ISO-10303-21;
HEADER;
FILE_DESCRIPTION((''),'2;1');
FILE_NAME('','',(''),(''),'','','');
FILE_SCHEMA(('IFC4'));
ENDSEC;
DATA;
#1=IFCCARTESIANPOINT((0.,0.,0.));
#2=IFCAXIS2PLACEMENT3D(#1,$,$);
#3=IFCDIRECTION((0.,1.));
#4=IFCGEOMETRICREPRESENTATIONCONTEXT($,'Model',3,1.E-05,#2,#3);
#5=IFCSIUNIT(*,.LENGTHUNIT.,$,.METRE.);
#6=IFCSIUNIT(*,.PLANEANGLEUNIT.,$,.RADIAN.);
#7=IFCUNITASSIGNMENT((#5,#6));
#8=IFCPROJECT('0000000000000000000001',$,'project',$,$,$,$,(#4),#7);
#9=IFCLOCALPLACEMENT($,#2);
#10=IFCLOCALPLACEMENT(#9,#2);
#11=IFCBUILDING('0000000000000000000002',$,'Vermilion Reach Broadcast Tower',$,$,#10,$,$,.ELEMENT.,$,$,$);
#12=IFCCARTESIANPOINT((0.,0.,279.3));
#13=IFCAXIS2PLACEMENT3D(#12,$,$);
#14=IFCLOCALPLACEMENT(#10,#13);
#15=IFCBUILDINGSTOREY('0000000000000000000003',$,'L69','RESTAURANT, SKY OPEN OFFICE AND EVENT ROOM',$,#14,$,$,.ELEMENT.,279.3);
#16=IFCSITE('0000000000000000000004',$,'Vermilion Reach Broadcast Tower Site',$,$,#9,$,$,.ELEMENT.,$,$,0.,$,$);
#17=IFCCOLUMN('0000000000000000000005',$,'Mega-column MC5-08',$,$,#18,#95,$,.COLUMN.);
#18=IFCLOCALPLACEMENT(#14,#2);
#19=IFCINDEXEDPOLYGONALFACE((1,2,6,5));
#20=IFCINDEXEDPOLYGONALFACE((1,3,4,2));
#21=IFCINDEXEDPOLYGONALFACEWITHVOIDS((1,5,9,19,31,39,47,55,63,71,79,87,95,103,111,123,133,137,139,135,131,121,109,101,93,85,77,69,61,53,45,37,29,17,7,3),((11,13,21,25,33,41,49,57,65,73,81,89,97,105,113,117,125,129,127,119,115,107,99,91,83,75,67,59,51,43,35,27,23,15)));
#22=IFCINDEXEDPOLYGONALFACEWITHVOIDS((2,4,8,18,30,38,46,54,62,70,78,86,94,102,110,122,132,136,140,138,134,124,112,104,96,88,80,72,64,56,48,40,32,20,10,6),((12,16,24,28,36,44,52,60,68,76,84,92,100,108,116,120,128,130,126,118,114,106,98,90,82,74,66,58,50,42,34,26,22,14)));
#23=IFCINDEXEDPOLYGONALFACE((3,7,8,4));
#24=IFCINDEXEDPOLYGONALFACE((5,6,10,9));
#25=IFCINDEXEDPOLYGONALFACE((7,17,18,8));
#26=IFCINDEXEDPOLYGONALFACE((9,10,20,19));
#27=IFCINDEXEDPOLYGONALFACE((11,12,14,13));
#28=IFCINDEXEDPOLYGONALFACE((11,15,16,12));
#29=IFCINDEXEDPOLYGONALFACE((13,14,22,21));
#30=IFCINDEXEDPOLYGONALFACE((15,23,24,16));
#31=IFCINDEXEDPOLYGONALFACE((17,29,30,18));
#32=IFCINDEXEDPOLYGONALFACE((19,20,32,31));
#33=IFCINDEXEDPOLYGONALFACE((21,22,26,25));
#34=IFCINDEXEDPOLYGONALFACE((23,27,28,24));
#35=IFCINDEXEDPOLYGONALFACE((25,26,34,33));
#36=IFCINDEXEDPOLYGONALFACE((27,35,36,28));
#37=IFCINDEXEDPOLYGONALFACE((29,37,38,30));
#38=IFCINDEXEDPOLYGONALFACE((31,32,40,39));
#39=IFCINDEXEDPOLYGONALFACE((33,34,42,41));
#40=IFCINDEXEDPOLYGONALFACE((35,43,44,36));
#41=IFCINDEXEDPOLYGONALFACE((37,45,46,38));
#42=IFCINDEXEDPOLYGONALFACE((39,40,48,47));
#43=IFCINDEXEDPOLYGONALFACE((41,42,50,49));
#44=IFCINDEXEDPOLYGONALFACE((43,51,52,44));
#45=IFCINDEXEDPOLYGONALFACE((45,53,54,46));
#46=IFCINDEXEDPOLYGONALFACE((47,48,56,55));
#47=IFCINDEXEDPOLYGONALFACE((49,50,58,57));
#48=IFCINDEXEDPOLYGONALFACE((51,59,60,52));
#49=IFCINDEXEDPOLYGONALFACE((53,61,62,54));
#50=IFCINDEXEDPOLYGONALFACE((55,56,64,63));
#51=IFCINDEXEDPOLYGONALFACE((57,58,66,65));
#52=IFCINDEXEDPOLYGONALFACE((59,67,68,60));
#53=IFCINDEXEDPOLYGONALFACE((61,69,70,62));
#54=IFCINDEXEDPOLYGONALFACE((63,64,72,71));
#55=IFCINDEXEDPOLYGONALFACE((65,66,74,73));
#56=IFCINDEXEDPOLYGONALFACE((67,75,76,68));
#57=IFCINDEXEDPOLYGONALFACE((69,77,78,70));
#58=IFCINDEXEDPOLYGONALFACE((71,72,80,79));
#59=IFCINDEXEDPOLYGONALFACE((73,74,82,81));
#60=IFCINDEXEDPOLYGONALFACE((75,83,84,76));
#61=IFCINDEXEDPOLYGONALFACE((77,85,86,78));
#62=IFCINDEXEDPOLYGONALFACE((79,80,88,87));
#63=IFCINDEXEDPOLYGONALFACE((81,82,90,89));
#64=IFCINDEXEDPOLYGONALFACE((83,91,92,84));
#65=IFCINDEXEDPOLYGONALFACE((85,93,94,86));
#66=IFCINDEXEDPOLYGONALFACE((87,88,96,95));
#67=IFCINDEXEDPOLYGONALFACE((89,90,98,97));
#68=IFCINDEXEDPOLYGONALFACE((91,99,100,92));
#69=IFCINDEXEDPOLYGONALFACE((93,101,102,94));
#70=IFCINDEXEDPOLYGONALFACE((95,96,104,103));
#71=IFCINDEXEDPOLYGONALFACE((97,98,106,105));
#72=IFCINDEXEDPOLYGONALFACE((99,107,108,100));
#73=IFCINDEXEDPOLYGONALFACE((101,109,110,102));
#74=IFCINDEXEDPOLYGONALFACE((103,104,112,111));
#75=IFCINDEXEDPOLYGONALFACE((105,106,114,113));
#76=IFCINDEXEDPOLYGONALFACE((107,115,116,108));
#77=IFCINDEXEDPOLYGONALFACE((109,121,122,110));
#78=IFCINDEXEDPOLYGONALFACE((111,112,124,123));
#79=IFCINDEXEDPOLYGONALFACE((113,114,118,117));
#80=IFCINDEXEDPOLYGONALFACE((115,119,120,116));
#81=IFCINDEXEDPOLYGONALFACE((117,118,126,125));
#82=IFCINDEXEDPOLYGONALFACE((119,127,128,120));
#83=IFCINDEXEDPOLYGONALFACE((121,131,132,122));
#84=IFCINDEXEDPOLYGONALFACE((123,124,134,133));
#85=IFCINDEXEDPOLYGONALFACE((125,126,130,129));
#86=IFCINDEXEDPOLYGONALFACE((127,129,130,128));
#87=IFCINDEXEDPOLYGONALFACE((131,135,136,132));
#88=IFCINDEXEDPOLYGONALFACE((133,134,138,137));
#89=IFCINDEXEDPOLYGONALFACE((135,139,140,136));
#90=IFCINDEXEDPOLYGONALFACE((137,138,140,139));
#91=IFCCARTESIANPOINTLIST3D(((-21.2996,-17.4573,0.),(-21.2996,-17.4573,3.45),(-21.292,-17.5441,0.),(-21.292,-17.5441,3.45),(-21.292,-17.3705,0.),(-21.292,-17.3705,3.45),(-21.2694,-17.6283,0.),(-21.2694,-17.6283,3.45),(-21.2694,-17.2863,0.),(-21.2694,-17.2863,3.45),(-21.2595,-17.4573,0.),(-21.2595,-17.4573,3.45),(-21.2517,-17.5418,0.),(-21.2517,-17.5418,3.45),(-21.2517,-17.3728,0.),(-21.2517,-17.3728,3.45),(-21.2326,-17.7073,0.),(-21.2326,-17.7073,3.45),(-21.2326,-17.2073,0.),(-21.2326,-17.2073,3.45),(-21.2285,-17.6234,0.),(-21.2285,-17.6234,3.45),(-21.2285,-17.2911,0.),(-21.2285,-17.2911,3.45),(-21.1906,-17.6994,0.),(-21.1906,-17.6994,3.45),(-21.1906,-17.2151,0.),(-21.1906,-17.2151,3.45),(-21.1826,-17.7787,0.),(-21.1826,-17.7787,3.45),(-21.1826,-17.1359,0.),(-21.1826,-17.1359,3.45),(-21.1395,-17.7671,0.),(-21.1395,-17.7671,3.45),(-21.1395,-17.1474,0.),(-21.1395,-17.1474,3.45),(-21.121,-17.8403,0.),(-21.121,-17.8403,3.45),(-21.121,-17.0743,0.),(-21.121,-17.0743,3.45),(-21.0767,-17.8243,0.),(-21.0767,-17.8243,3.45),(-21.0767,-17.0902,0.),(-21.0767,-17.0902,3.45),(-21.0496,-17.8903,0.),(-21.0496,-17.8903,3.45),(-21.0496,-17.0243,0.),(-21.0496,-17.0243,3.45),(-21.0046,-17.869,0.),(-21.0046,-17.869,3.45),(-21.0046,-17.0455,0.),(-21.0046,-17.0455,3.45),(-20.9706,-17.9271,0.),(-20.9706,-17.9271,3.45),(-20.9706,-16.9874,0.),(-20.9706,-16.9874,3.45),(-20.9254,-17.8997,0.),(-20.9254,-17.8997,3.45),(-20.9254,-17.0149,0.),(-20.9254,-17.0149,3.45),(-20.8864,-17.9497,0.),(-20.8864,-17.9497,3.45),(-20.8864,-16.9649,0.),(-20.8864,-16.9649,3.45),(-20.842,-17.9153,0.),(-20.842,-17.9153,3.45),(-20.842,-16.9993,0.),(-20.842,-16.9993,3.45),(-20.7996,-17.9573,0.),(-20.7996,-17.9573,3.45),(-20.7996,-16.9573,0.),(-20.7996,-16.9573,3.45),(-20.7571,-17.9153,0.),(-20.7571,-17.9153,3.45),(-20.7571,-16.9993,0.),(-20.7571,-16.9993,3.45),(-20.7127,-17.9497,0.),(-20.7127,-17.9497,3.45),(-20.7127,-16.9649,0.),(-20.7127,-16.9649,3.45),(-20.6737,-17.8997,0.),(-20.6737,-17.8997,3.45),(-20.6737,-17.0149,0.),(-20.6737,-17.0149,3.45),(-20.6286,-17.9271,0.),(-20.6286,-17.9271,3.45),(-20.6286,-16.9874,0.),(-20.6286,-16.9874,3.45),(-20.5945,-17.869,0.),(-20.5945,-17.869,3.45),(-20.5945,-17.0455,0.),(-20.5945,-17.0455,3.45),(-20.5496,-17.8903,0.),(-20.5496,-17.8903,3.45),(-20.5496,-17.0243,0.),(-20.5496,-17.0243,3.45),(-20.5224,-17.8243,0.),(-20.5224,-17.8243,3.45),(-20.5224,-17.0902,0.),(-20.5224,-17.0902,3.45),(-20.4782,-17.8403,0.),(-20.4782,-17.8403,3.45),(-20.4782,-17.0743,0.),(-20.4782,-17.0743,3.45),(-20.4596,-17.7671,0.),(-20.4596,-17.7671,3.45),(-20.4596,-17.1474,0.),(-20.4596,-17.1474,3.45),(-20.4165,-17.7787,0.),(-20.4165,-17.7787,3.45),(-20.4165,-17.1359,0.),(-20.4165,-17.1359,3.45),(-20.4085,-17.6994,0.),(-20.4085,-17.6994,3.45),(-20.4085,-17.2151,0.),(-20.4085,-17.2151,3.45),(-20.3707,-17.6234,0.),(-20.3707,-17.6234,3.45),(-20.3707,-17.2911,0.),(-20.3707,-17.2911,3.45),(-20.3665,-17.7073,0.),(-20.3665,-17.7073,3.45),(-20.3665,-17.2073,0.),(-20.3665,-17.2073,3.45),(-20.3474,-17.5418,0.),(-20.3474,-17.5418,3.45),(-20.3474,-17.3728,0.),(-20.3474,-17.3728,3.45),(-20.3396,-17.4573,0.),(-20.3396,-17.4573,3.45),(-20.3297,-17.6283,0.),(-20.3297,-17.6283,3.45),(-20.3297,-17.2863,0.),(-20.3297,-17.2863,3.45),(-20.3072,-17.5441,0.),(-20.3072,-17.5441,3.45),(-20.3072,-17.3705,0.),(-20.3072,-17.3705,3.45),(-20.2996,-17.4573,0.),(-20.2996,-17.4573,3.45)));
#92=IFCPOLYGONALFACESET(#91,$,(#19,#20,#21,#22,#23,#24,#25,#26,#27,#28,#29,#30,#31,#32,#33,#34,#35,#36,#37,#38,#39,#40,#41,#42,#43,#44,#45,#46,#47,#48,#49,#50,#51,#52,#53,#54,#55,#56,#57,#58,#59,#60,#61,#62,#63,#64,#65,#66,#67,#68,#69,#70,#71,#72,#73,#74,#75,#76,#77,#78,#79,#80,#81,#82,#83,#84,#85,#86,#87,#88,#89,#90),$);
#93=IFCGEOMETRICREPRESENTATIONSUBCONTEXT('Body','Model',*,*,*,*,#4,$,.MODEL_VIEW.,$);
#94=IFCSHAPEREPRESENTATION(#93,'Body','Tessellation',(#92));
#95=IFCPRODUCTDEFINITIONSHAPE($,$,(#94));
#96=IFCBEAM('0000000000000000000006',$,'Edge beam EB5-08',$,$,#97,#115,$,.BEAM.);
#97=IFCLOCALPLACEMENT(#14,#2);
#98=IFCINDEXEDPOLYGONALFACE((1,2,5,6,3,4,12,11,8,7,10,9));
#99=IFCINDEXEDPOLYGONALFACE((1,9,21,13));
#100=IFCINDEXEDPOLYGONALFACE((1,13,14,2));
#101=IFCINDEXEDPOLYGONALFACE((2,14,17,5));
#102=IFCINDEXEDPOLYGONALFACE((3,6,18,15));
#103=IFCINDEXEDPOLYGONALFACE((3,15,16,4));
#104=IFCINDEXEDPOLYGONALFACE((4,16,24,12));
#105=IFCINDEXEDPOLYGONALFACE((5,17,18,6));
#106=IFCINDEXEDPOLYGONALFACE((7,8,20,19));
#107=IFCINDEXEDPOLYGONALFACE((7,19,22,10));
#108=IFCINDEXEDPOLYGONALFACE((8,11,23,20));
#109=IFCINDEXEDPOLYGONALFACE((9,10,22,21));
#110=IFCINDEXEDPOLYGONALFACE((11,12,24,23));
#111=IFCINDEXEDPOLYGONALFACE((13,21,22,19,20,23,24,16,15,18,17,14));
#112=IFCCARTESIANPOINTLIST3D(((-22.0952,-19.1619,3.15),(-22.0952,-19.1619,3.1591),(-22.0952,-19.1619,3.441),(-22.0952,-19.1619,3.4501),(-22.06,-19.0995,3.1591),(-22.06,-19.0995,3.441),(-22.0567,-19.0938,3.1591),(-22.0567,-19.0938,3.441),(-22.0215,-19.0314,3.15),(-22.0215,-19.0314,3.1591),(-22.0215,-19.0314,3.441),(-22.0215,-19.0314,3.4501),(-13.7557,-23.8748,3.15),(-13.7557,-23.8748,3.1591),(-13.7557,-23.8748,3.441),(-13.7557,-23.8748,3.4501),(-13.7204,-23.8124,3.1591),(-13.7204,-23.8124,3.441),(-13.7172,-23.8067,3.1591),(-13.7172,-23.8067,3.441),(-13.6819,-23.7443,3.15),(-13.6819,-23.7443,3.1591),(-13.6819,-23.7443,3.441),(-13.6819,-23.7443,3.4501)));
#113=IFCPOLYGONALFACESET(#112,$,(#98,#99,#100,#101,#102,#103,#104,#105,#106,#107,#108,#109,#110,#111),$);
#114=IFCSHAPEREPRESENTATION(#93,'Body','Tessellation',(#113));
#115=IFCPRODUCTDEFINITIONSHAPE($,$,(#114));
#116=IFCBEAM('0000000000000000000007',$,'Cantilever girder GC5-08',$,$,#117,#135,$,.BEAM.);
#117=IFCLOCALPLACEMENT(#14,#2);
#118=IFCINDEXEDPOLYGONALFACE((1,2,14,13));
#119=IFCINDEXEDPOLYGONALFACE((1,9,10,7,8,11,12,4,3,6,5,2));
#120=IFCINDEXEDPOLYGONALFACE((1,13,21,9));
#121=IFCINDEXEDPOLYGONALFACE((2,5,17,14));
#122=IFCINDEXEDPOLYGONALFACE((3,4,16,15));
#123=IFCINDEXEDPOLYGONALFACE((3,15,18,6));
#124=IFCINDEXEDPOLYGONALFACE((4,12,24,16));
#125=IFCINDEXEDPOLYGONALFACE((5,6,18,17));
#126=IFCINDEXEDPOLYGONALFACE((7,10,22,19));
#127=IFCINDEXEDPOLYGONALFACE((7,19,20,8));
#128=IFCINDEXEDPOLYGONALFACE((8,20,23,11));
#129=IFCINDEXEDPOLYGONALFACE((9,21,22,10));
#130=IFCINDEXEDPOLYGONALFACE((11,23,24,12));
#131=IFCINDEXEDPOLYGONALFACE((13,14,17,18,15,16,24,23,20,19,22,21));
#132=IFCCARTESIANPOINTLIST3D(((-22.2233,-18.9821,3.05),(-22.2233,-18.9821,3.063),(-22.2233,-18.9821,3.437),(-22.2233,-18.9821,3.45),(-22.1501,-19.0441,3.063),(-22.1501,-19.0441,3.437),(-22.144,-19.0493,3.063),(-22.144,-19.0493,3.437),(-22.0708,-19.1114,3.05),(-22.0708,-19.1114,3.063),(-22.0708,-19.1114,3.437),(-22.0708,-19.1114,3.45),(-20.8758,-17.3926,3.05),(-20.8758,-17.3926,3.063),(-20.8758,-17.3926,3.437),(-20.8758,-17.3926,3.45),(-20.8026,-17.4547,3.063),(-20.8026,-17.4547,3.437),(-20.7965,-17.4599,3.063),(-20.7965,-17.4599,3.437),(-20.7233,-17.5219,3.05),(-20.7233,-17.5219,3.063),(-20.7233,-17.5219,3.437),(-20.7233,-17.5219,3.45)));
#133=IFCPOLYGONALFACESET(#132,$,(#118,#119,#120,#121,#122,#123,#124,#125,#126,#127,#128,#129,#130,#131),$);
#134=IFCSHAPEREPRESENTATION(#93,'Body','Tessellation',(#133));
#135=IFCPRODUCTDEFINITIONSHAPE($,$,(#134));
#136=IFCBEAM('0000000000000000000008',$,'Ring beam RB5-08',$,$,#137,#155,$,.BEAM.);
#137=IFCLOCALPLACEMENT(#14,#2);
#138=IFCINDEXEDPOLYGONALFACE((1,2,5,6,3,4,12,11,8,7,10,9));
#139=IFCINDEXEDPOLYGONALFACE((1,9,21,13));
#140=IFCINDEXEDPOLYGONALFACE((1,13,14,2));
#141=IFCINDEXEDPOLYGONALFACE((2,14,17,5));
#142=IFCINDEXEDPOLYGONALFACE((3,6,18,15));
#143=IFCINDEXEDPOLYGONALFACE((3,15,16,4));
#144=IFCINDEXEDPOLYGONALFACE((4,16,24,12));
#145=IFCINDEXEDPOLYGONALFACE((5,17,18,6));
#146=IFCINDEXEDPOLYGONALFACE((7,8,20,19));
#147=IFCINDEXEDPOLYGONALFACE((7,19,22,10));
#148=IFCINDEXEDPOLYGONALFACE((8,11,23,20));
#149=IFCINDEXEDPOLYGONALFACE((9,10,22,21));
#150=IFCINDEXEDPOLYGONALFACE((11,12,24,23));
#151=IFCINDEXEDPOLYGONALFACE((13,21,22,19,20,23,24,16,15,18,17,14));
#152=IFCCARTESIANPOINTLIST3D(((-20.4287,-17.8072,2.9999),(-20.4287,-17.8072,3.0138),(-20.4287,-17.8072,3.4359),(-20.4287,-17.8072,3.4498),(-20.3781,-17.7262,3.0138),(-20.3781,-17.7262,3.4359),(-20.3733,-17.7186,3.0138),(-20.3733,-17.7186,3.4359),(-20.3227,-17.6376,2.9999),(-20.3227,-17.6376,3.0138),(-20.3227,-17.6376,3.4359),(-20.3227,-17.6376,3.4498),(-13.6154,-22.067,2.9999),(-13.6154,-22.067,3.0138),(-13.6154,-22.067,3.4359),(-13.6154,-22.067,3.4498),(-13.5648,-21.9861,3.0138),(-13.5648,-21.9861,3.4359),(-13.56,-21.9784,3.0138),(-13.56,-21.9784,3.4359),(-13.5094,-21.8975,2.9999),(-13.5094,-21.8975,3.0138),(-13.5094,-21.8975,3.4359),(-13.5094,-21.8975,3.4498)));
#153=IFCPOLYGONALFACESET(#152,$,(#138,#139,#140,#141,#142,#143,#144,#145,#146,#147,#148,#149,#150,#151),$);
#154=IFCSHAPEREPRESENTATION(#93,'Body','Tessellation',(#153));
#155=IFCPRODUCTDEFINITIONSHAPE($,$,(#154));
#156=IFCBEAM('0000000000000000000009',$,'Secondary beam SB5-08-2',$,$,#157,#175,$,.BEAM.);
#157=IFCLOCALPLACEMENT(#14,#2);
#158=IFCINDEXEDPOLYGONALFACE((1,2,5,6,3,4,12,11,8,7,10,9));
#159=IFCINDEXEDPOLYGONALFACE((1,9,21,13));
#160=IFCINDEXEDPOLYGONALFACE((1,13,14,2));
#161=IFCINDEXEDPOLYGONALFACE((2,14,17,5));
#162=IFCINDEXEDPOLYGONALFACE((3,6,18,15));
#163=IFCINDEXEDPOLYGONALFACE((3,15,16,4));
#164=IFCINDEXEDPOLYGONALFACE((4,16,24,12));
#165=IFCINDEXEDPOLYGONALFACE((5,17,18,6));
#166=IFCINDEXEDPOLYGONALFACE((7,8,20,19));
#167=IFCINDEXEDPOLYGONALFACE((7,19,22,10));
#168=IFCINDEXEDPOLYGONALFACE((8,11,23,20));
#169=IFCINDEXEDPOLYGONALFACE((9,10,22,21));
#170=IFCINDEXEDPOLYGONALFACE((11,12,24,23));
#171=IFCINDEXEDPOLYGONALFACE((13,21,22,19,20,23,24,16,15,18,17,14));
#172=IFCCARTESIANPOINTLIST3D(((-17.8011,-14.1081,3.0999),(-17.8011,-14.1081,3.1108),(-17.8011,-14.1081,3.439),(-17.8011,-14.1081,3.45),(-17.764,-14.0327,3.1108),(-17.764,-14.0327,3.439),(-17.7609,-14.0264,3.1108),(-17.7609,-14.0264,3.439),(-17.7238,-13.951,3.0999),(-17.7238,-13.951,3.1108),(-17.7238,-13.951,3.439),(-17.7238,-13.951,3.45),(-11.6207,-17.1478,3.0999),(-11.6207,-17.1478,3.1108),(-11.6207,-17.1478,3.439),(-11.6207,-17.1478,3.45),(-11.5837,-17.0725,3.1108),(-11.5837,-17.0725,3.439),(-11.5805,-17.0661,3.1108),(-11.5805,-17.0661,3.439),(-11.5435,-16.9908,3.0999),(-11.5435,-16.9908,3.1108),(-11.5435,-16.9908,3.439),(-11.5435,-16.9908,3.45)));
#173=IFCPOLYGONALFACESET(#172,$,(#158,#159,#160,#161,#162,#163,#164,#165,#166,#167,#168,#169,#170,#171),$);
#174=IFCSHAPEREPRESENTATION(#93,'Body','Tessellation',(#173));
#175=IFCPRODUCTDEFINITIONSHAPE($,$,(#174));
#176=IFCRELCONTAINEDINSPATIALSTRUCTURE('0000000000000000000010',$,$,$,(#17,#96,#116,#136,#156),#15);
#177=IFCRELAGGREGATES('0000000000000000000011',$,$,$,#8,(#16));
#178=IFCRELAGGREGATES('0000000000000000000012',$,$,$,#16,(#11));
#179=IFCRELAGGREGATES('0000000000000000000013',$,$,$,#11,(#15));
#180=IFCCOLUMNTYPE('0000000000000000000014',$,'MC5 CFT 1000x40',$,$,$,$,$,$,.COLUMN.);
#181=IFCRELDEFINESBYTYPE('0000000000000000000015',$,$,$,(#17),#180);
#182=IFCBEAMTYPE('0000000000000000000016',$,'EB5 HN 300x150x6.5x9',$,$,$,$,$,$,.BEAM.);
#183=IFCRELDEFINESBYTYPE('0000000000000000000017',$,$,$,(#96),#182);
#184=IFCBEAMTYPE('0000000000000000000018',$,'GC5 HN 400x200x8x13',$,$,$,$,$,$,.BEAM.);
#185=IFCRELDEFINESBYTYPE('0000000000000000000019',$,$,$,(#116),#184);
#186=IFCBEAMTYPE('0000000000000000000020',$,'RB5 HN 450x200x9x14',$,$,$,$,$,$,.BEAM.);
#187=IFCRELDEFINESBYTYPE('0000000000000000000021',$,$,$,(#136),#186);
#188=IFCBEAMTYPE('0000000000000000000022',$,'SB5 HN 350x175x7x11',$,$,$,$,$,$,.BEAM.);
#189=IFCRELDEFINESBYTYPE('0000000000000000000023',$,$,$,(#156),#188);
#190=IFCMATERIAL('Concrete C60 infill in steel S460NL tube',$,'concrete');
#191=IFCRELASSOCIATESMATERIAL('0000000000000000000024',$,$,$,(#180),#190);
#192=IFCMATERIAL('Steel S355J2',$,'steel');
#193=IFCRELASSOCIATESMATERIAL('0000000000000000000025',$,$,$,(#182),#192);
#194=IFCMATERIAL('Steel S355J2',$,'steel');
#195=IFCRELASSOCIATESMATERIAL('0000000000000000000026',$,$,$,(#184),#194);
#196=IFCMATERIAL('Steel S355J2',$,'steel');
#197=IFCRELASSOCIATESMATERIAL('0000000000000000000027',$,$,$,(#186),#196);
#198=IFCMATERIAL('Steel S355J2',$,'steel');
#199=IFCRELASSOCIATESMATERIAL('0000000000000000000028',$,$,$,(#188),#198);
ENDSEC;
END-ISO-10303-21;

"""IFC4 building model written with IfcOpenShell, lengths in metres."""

from ifc_helpers import new_model, si_unit, direction, frame, origin, origin_2d, place, context, subcontext, project, spatial, hollow_circle, i_section, extrude, material, material_profile, profile_set, type_object, element, save


model = new_model("IFC4")

# Units and contexts
model_context = context("Model", 3, precision=1e-05, world=origin(), true_north=direction((0.0, 1.0)))
body_context = subcontext(model_context, "Body", "Model", "MODEL_VIEW")
ifc_project = project(units=[si_unit("LENGTHUNIT", "METRE"), si_unit("PLANEANGLEUNIT", "RADIAN")], contexts=[model_context])

# Site, building, storey
site_placement = place(None, origin())
site = spatial("IfcSite", under=ifc_project, at=site_placement, Name="Vermilion Reach Broadcast Tower Site", CompositionType="ELEMENT", RefElevation=0.0)
building_placement = place(site_placement, origin())
building = spatial("IfcBuilding", under=site, at=building_placement, Name="Vermilion Reach Broadcast Tower", CompositionType="ELEMENT")
storey_placement = place(building_placement, frame((0.0, 0.0, 279.3)))
storey = spatial("IfcBuildingStorey", under=building, at=storey_placement, Name="L69", Description="RESTAURANT, SKY OPEN OFFICE AND EVENT ROOM", CompositionType="ELEMENT", Elevation=279.3)

# Column
ifc_material_1 = material(Name="Concrete C60 infill in steel S460NL tube", Category="concrete")
ifc_material_profile_1 = material_profile(ifc_material_1, hollow_circle(Radius=0.5, WallThickness=0.04, at=origin_2d()), Name="Concrete C60 infill in steel S460NL tube CFT 1000x40")
ifc_profile_set_1 = profile_set([ifc_material_profile_1], Name="Concrete C60 infill in steel S460NL tube")
column_type = type_object("IfcColumnType", Name="MC5 CFT 1000x40", PredefinedType="COLUMN", material=ifc_profile_set_1)
column_placement = place(storey_placement, frame((-20.7996, -17.4573, 0.0), z_axis=(0.0, 0.0, 1.0), x_axis=(1.0, 0.0, 0.0)))
element("IfcColumn", 1, at=column_placement, inside=storey, type_object=column_type, Name="Mega-column MC5-08", PredefinedType="COLUMN", context=body_context, shape_type="SweptSolid", body=[
    extrude(hollow_circle(Radius=0.5, WallThickness=0.04, at=origin_2d()), origin(), (0.0, 0.0, 1.0), 3.45),
])

# Beams
ifc_material_2 = material(Name="Steel S355J2", Category="steel")
ifc_material_profile_2 = material_profile(ifc_material_2, i_section(OverallWidth=0.1499, OverallDepth=0.3, WebThickness=0.0066, FlangeThickness=0.009, at=origin_2d()), Name="S355J2 HN 300x150x6.5x9")
ifc_profile_set_2 = profile_set([ifc_material_profile_2], Name="Steel S355J2")
beam_type_1 = type_object("IfcBeamType", Name="EB5 HN 300x150x6.5x9", PredefinedType="BEAM", material=ifc_profile_set_2)
beam_1_placement = place(storey_placement, frame((-22.0583, -19.0967, 3.3), z_axis=(0.870598, -0.491994, 0.0), x_axis=(0.491994, 0.870598, 0.0)))
element("IfcBeam", 2, at=beam_1_placement, inside=storey, type_object=beam_type_1, Name="Edge beam EB5-08", PredefinedType="BEAM", context=body_context, shape_type="SweptSolid", body=[
    extrude(i_section(OverallWidth=0.1499, OverallDepth=0.3, WebThickness=0.0066, FlangeThickness=0.009, at=origin_2d()), origin(), (0.0, 0.0, 1.0), 9.5791),
])
ifc_material_3 = material(Name="Steel S355J2", Category="steel")
ifc_material_profile_3 = material_profile(ifc_material_3, i_section(OverallWidth=0.2, OverallDepth=0.3999, WebThickness=0.0081, FlangeThickness=0.0129, at=origin_2d()), Name="S355J2 HN 400x200x8x13")
ifc_profile_set_3 = profile_set([ifc_material_profile_3], Name="Steel S355J2")
beam_type_2 = type_object("IfcBeamType", Name="GC5 HN 400x200x8x13", PredefinedType="BEAM", material=ifc_profile_set_3)
beam_2_placement = place(storey_placement, frame((-20.7996, -17.4573, 3.25), z_axis=(-0.646662, -0.762777, 0.0), x_axis=(0.762777, -0.646662, 0.0)))
element("IfcBeam", 3, at=beam_2_placement, inside=storey, type_object=beam_type_2, Name="Cantilever girder GC5-08", PredefinedType="BEAM", context=body_context, shape_type="SweptSolid", body=[
    extrude(i_section(OverallWidth=0.2, OverallDepth=0.3999, WebThickness=0.0081, FlangeThickness=0.0129, at=origin_2d()), origin(), (0.0, 0.0, 1.0), 2.0837),
])
ifc_material_4 = material(Name="Steel S355J2", Category="steel")
ifc_material_profile_4 = material_profile(ifc_material_4, i_section(OverallWidth=0.2, OverallDepth=0.45, WebThickness=0.009, FlangeThickness=0.0139, at=origin_2d()), Name="S355J2 HN 450x200x9x14")
ifc_profile_set_4 = profile_set([ifc_material_profile_4], Name="Steel S355J2")
beam_type_3 = type_object("IfcBeamType", Name="RB5 HN 450x200x9x14", PredefinedType="BEAM", material=ifc_profile_set_4)
beam_3_placement = place(storey_placement, frame((-20.3757, -17.7224, 3.2249), z_axis=(0.847915, -0.530133, 0.0), x_axis=(0.530133, 0.847915, 0.0)))
element("IfcBeam", 4, at=beam_3_placement, inside=storey, type_object=beam_type_3, Name="Ring beam RB5-08", PredefinedType="BEAM", context=body_context, shape_type="SweptSolid", body=[
    extrude(i_section(OverallWidth=0.2, OverallDepth=0.45, WebThickness=0.009, FlangeThickness=0.0139, at=origin_2d()), origin(), (0.0, 0.0, 1.0), 8.0354),
])
ifc_material_5 = material(Name="Steel S355J2", Category="steel")
ifc_material_profile_5 = material_profile(ifc_material_5, i_section(OverallWidth=0.175, OverallDepth=0.3501, WebThickness=0.0071, FlangeThickness=0.011, at=origin_2d()), Name="S355J2 HN 350x175x7x11")
ifc_profile_set_5 = profile_set([ifc_material_profile_5], Name="Steel S355J2")
beam_type_4 = type_object("IfcBeamType", Name="SB5 HN 350x175x7x11", PredefinedType="BEAM", material=ifc_profile_set_5)
beam_4_placement = place(storey_placement, frame((-17.7625, -14.0295, 3.2749), z_axis=(0.897336, -0.441348, 0.0), x_axis=(0.441348, 0.897336, 0.0)))
element("IfcBeam", 5, at=beam_4_placement, inside=storey, type_object=beam_type_4, Name="Secondary beam SB5-08-2", PredefinedType="BEAM", context=body_context, shape_type="SweptSolid", body=[
    extrude(i_section(OverallWidth=0.175, OverallDepth=0.3501, WebThickness=0.0071, FlangeThickness=0.011, at=origin_2d()), origin(), (0.0, 0.0, 1.0), 6.8875),
])

save(model, "model.ifc")
